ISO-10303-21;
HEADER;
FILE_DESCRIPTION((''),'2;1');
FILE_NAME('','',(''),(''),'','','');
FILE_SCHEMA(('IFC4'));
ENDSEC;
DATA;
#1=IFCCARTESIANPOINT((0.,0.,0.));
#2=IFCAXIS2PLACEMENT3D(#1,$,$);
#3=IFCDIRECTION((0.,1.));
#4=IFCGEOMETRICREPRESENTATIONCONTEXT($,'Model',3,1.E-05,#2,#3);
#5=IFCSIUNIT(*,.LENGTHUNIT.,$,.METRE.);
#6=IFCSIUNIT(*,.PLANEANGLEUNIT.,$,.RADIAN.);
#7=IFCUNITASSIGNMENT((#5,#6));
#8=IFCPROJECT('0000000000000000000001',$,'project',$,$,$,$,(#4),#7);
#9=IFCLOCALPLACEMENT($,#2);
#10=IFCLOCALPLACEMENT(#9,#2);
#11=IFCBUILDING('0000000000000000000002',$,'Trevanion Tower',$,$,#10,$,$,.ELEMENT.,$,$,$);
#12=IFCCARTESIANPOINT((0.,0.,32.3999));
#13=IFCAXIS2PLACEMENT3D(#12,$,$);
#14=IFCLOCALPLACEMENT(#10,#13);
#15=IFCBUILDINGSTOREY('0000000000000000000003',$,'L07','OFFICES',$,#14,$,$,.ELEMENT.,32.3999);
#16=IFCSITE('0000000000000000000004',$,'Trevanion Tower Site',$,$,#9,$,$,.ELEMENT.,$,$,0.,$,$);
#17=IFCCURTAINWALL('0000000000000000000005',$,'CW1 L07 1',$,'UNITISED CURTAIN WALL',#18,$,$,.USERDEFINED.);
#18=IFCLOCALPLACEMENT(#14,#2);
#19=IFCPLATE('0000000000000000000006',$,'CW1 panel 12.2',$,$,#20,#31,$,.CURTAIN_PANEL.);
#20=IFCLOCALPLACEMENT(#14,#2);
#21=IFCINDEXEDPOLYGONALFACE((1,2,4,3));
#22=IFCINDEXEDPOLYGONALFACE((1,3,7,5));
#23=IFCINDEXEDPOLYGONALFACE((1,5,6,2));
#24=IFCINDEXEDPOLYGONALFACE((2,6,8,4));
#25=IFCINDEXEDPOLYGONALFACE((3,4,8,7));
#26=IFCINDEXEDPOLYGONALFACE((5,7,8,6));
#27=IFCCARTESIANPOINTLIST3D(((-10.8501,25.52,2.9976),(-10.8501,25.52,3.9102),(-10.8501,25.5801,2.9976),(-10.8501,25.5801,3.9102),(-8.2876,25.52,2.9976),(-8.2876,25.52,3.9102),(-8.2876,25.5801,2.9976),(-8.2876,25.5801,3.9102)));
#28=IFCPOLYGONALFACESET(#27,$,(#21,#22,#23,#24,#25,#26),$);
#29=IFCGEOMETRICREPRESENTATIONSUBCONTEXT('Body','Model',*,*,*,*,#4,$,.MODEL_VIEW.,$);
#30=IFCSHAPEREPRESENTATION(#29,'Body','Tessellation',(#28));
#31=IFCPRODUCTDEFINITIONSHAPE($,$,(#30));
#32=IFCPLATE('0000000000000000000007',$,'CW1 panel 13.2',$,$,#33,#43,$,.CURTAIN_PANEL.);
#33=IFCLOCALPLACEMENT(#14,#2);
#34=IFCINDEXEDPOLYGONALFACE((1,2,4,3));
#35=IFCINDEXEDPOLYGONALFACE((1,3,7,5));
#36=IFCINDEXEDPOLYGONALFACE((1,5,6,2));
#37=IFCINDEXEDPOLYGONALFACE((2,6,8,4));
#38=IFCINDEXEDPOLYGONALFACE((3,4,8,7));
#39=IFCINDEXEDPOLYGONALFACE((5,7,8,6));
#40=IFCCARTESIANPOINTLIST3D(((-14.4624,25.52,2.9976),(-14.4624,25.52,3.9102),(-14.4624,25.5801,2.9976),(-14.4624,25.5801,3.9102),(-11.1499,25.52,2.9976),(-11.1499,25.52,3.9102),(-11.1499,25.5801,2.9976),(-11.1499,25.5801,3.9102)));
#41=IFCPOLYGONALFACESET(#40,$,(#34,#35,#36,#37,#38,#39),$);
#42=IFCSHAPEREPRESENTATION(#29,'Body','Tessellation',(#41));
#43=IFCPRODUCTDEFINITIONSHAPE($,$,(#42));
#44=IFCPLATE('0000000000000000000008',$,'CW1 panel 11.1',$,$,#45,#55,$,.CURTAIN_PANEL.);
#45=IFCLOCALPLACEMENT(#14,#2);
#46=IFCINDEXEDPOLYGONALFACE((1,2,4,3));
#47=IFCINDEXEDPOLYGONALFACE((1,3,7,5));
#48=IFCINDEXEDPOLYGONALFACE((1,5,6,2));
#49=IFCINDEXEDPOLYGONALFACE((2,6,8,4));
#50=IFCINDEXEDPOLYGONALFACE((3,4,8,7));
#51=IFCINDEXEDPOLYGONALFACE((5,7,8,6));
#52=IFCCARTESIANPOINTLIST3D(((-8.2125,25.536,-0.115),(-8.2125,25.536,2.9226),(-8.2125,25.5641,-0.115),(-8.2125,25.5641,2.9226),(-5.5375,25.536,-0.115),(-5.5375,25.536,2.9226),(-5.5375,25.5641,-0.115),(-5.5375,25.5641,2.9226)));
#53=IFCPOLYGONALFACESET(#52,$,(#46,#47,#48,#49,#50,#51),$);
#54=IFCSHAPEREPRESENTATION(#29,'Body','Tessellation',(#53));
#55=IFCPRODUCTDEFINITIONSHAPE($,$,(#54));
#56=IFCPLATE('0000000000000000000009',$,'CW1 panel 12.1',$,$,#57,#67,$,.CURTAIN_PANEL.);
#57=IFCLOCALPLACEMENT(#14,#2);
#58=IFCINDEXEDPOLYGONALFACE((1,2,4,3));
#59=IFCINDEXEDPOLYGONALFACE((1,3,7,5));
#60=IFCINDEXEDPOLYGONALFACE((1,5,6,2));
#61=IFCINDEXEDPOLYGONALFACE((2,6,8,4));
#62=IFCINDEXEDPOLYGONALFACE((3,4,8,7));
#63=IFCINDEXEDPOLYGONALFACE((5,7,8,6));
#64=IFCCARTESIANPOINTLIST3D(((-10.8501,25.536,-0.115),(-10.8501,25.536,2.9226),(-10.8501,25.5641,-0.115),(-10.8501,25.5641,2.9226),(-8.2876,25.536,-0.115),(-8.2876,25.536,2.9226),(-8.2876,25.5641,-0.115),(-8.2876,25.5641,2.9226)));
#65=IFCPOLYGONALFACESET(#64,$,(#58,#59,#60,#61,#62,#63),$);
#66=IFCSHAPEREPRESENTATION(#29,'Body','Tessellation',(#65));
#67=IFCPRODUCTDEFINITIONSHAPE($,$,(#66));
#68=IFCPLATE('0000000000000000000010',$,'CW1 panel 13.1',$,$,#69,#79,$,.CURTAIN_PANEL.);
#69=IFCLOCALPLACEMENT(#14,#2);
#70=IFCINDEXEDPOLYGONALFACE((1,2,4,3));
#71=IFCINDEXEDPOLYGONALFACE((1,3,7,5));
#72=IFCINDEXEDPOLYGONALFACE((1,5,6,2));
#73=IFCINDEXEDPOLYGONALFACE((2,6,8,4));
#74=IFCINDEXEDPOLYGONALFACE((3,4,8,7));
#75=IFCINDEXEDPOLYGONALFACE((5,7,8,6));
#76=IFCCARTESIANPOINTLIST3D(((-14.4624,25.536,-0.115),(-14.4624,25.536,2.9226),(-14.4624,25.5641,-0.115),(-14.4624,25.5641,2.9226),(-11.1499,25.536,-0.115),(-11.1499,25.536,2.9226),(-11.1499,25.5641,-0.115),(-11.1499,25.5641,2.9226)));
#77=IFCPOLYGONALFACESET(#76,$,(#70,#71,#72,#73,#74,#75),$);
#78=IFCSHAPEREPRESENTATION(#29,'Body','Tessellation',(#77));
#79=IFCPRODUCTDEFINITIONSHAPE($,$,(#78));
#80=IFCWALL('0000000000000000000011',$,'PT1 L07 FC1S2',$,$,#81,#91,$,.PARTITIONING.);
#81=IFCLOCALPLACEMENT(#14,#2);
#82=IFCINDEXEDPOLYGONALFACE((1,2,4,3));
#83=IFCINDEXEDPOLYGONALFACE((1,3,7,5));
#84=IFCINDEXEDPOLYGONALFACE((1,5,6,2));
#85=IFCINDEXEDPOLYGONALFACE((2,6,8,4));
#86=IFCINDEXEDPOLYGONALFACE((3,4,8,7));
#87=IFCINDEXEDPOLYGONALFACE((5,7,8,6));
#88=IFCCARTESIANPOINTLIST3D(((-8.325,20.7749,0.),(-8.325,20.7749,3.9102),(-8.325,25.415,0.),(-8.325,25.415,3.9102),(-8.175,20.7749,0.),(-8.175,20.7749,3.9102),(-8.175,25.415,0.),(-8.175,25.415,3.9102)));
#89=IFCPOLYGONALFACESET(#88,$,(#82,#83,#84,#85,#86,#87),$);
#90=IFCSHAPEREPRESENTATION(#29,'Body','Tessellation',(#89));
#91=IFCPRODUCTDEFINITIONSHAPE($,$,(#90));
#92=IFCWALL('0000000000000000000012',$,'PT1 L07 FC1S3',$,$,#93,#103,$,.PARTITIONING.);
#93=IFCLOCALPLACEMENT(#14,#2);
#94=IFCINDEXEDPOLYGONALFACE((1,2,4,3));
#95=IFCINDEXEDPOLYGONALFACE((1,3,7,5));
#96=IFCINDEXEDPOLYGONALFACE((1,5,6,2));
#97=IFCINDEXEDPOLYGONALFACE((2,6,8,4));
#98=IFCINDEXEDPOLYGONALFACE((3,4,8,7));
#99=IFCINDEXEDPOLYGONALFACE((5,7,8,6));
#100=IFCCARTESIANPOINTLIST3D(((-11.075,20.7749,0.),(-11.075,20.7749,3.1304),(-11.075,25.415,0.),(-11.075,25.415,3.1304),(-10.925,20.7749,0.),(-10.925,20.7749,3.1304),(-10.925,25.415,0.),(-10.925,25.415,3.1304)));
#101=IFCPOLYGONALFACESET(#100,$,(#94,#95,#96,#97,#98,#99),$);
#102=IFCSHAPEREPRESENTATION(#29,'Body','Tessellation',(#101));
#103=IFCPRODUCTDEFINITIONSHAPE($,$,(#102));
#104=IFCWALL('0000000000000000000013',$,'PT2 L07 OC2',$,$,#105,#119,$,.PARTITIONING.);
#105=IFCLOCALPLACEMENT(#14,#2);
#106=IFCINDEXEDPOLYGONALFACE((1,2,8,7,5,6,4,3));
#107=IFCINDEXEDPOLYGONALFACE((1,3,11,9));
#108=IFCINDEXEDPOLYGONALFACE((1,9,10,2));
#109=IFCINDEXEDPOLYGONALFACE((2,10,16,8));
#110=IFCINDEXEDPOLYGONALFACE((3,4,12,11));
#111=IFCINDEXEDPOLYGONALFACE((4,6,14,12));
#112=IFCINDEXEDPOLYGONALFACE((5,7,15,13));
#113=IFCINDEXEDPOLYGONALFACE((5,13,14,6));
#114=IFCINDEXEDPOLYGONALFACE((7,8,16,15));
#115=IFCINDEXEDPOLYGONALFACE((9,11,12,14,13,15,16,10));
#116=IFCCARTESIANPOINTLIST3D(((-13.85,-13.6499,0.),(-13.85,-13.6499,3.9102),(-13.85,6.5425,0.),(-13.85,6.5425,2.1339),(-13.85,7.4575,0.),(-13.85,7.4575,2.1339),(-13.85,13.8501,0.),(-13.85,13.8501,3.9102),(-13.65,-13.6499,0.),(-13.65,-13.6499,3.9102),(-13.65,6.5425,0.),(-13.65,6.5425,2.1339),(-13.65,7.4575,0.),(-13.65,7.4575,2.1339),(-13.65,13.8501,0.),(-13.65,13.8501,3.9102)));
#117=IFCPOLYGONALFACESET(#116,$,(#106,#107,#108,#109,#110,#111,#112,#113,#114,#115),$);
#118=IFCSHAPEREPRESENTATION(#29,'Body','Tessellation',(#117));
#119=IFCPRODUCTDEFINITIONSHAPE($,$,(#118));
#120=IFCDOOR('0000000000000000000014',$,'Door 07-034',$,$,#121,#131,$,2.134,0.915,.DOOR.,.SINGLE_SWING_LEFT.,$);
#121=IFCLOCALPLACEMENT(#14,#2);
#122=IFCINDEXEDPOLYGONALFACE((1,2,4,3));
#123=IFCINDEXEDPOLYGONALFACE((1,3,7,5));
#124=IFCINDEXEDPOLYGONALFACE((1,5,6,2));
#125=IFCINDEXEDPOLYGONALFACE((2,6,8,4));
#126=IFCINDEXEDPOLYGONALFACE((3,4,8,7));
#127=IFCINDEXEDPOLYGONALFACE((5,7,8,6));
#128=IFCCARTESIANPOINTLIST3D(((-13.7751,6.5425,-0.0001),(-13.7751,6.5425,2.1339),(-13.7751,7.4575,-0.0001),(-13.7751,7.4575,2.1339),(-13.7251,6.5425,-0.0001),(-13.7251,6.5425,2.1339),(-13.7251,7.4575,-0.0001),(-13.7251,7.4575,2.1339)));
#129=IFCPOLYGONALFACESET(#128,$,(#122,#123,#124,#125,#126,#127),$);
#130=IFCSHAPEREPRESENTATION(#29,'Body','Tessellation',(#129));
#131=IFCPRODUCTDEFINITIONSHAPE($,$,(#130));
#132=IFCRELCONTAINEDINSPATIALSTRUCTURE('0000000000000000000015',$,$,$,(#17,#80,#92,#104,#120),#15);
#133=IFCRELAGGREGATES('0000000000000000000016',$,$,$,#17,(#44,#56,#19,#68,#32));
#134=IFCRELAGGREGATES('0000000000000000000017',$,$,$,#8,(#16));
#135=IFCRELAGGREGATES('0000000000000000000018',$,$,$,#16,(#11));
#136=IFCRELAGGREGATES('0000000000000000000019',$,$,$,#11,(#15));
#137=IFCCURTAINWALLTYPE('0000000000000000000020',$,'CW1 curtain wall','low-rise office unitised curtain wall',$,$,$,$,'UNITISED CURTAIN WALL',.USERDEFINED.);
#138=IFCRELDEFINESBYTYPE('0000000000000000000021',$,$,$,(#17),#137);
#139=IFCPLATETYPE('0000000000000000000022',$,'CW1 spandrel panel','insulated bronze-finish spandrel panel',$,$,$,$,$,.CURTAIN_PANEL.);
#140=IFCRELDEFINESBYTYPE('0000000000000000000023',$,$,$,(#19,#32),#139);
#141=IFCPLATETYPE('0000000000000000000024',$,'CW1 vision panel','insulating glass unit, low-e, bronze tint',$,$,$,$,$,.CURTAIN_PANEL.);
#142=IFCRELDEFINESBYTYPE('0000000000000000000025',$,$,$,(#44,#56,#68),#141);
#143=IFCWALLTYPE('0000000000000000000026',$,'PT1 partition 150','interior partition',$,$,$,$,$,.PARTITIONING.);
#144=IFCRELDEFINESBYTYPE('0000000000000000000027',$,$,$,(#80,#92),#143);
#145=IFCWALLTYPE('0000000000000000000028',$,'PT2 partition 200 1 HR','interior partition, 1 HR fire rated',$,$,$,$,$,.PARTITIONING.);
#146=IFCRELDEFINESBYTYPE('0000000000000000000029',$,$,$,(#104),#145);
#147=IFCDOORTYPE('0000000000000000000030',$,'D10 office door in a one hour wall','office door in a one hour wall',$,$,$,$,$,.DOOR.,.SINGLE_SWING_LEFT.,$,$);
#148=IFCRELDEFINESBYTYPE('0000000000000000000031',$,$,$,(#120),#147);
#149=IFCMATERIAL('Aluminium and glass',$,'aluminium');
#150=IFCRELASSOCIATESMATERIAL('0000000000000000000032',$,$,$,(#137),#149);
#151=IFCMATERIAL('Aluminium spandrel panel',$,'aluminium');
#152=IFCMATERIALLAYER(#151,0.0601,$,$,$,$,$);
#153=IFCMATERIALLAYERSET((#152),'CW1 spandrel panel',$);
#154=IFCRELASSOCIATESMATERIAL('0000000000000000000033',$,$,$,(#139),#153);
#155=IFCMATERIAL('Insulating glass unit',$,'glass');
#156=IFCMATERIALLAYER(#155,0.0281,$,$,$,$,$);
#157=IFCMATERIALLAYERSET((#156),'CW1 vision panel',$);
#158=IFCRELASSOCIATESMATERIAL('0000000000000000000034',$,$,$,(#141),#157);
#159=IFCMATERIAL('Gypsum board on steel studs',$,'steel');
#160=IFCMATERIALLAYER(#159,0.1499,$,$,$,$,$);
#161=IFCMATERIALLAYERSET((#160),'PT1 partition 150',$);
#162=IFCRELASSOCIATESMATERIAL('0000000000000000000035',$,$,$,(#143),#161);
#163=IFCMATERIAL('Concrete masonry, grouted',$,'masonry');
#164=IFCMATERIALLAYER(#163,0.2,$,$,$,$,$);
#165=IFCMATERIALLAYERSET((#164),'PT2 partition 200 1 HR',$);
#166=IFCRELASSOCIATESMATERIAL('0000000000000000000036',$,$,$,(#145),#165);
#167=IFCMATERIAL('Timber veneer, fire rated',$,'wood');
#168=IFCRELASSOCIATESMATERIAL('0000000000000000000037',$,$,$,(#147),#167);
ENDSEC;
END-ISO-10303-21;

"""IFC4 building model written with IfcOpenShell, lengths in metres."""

from ifc_helpers import new_model, si_unit, direction, frame, frame_2d, origin, origin_2d, place, context, subcontext, project, spatial, rectangle, extrude, material, layer, layer_set, type_object, element, fill, aggregate, save


model = new_model("IFC4")

# Units and contexts
model_context = context("Model", 3, precision=1e-05, world=origin(), true_north=direction((0.0, 1.0)))
body_context = subcontext(model_context, "Body", "Model", "MODEL_VIEW")
ifc_project = project(units=[si_unit("LENGTHUNIT", "METRE"), si_unit("PLANEANGLEUNIT", "RADIAN")], contexts=[model_context])

# Site, building, storey
site_placement = place(None, origin())
site = spatial("IfcSite", under=ifc_project, at=site_placement, Name="Trevanion Tower Site", CompositionType="ELEMENT", RefElevation=0.0)
building_placement = place(site_placement, origin())
building = spatial("IfcBuilding", under=site, at=building_placement, Name="Trevanion Tower", CompositionType="ELEMENT")
storey_placement = place(building_placement, frame((0.0, 0.0, 32.3999)))
storey = spatial("IfcBuildingStorey", under=building, at=storey_placement, Name="L07", Description="OFFICES", CompositionType="ELEMENT", Elevation=32.3999)

# Curtain wall
ifc_material_1 = material(Name="Aluminium and glass", Category="aluminium")
curtain_wall_type = type_object("IfcCurtainWallType", Name="CW1 curtain wall", Description="low-rise office unitised curtain wall", ElementType="UNITISED CURTAIN WALL", PredefinedType="USERDEFINED", material=ifc_material_1)
curtain_wall_placement = place(storey_placement, origin())
curtain_wall = element("IfcCurtainWall", 1, at=curtain_wall_placement, inside=storey, type_object=curtain_wall_type, Name="CW1 L07 1", ObjectType="UNITISED CURTAIN WALL", PredefinedType="USERDEFINED")

# Plates
ifc_material_2 = material(Name="Aluminium spandrel panel", Category="aluminium")
ifc_layer_1 = layer(ifc_material_2, 0.0601)
ifc_layer_set_1 = layer_set([ifc_layer_1], Name="CW1 spandrel panel")
plate_type_1 = type_object("IfcPlateType", Name="CW1 spandrel panel", Description="insulated bronze-finish spandrel panel", PredefinedType="CURTAIN_PANEL", material=ifc_layer_set_1)
plate_1_placement = place(storey_placement, frame((-9.5688, 25.55, 2.9976), z_axis=(0.0, 0.0, 1.0), x_axis=(-1.0, 0.0, 0.0)))
plate_1 = element("IfcPlate", 2, at=plate_1_placement, type_object=plate_type_1, Name="CW1 panel 12.2", PredefinedType="CURTAIN_PANEL", context=body_context, shape_type="SweptSolid", body=[
    extrude(rectangle(XDim=2.5625, YDim=0.0601, at=origin_2d()), origin(), (0.0, 0.0, 1.0), 0.9126),
])
plate_2_placement = place(storey_placement, frame((-12.8062, 25.55, 2.9976), z_axis=(0.0, 0.0, 1.0), x_axis=(-1.0, 0.0, 0.0)))
plate_2 = element("IfcPlate", 3, at=plate_2_placement, type_object=plate_type_1, Name="CW1 panel 13.2", PredefinedType="CURTAIN_PANEL", context=body_context, shape_type="SweptSolid", body=[
    extrude(rectangle(XDim=3.3125, YDim=0.0601, at=origin_2d()), origin(), (0.0, 0.0, 1.0), 0.9126),
])
ifc_material_3 = material(Name="Insulating glass unit", Category="glass")
ifc_layer_2 = layer(ifc_material_3, 0.0281)
ifc_layer_set_2 = layer_set([ifc_layer_2], Name="CW1 vision panel")
plate_type_2 = type_object("IfcPlateType", Name="CW1 vision panel", Description="insulating glass unit, low-e, bronze tint", PredefinedType="CURTAIN_PANEL", material=ifc_layer_set_2)
plate_3_placement = place(storey_placement, frame((-6.875, 25.55, -0.115), z_axis=(0.0, 0.0, 1.0), x_axis=(-1.0, 0.0, 0.0)))
plate_3 = element("IfcPlate", 4, at=plate_3_placement, type_object=plate_type_2, Name="CW1 panel 11.1", PredefinedType="CURTAIN_PANEL", context=body_context, shape_type="SweptSolid", body=[
    extrude(rectangle(XDim=2.675, YDim=0.0281, at=origin_2d()), origin(), (0.0, 0.0, 1.0), 3.0376),
])
plate_4_placement = place(storey_placement, frame((-9.5688, 25.55, -0.115), z_axis=(0.0, 0.0, 1.0), x_axis=(-1.0, 0.0, 0.0)))
plate_4 = element("IfcPlate", 5, at=plate_4_placement, type_object=plate_type_2, Name="CW1 panel 12.1", PredefinedType="CURTAIN_PANEL", context=body_context, shape_type="SweptSolid", body=[
    extrude(rectangle(XDim=2.5625, YDim=0.0281, at=origin_2d()), origin(), (0.0, 0.0, 1.0), 3.0376),
])
plate_5_placement = place(storey_placement, frame((-12.8062, 25.55, -0.115), z_axis=(0.0, 0.0, 1.0), x_axis=(-1.0, 0.0, 0.0)))
plate_5 = element("IfcPlate", 6, at=plate_5_placement, type_object=plate_type_2, Name="CW1 panel 13.1", PredefinedType="CURTAIN_PANEL", context=body_context, shape_type="SweptSolid", body=[
    extrude(rectangle(XDim=3.3125, YDim=0.0281, at=origin_2d()), origin(), (0.0, 0.0, 1.0), 3.0376),
])
aggregate(curtain_wall, [plate_3, plate_4, plate_1, plate_5, plate_2])

# Walls
ifc_material_4 = material(Name="Gypsum board on steel studs", Category="steel")
ifc_layer_3 = layer(ifc_material_4, 0.1499)
ifc_layer_set_3 = layer_set([ifc_layer_3], Name="PT1 partition 150")
wall_type_1 = type_object("IfcWallType", Name="PT1 partition 150", Description="interior partition", PredefinedType="PARTITIONING", material=ifc_layer_set_3)
wall_1_placement = place(storey_placement, frame((-8.25, 20.7749, 0.0), z_axis=(0.0, 0.0, 1.0), x_axis=(0.0, 1.0, 0.0)))
element("IfcWall", 7, at=wall_1_placement, inside=storey, type_object=wall_type_1, Name="PT1 L07 FC1S2", PredefinedType="PARTITIONING", context=body_context, shape_type="SweptSolid", body=[
    extrude(rectangle(XDim=4.6401, YDim=0.1499, at=frame_2d((2.3201, 0.0))), origin(), (0.0, 0.0, 1.0), 3.9102),
])
wall_2_placement = place(storey_placement, frame((-11.0, 20.7749, 0.0), z_axis=(0.0, 0.0, 1.0), x_axis=(0.0, 1.0, 0.0)))
element("IfcWall", 8, at=wall_2_placement, inside=storey, type_object=wall_type_1, Name="PT1 L07 FC1S3", PredefinedType="PARTITIONING", context=body_context, shape_type="SweptSolid", body=[
    extrude(rectangle(XDim=4.6401, YDim=0.1499, at=frame_2d((2.3201, 0.0))), origin(), (0.0, 0.0, 1.0), 3.1304),
])

# Wall, opening, door
ifc_material_5 = material(Name="Concrete masonry, grouted", Category="masonry")
ifc_layer_4 = layer(ifc_material_5, 0.2)
ifc_layer_set_4 = layer_set([ifc_layer_4], Name="PT2 partition 200 1 HR")
wall_type_2 = type_object("IfcWallType", Name="PT2 partition 200 1 HR", Description="interior partition, 1 HR fire rated", PredefinedType="PARTITIONING", material=ifc_layer_set_4)
wall_3_placement = place(storey_placement, frame((-13.75, 13.8501, 0.0), z_axis=(0.0, 0.0, 1.0), x_axis=(0.0, -1.0, 0.0)))
wall_3 = element("IfcWall", 9, at=wall_3_placement, inside=storey, type_object=wall_type_2, Name="PT2 L07 OC2", PredefinedType="PARTITIONING", context=body_context, shape_type="SweptSolid", body=[
    extrude(rectangle(XDim=27.5, YDim=0.2, at=frame_2d((13.75, 0.0))), origin(), (0.0, 0.0, 1.0), 3.9102),
])
opening_placement = place(wall_3_placement, frame((6.3926, 0.0, 0.0)))
opening = element("IfcOpeningElement", 10, at=opening_placement, cuts=wall_3, PredefinedType="OPENING", context=body_context, shape_type="SweptSolid", body=[
    extrude(rectangle(XDim=0.915, YDim=2.134, at=frame_2d((0.4575, 1.0669))), frame((0.0, 0.1099, 0.0), z_axis=(0.0, -1.0, 0.0), x_axis=(1.0, 0.0, 0.0)), (0.0, 0.0, 1.0), 0.22),
])
ifc_material_6 = material(Name="Timber veneer, fire rated", Category="wood")
door_type = type_object("IfcDoorType", Name="D10 office door in a one hour wall", Description="office door in a one hour wall", OperationType="SINGLE_SWING_LEFT", PredefinedType="DOOR", material=ifc_material_6)
door_placement = place(opening_placement, origin())
door = element("IfcDoor", 11, at=door_placement, inside=storey, type_object=door_type, Name="Door 07-034", OperationType="SINGLE_SWING_LEFT", OverallHeight=2.134, OverallWidth=0.915, PredefinedType="DOOR", context=body_context, shape_type="SweptSolid", body=[
    extrude(rectangle(XDim=0.915, YDim=2.134, at=frame_2d((0.4575, 1.0669))), frame((0.0, 0.0249, 0.0), z_axis=(0.0, -1.0, 0.0), x_axis=(1.0, 0.0, 0.0)), (0.0, 0.0, 1.0), 0.05),
])
fill(opening, door)

save(model, "model.ifc")
